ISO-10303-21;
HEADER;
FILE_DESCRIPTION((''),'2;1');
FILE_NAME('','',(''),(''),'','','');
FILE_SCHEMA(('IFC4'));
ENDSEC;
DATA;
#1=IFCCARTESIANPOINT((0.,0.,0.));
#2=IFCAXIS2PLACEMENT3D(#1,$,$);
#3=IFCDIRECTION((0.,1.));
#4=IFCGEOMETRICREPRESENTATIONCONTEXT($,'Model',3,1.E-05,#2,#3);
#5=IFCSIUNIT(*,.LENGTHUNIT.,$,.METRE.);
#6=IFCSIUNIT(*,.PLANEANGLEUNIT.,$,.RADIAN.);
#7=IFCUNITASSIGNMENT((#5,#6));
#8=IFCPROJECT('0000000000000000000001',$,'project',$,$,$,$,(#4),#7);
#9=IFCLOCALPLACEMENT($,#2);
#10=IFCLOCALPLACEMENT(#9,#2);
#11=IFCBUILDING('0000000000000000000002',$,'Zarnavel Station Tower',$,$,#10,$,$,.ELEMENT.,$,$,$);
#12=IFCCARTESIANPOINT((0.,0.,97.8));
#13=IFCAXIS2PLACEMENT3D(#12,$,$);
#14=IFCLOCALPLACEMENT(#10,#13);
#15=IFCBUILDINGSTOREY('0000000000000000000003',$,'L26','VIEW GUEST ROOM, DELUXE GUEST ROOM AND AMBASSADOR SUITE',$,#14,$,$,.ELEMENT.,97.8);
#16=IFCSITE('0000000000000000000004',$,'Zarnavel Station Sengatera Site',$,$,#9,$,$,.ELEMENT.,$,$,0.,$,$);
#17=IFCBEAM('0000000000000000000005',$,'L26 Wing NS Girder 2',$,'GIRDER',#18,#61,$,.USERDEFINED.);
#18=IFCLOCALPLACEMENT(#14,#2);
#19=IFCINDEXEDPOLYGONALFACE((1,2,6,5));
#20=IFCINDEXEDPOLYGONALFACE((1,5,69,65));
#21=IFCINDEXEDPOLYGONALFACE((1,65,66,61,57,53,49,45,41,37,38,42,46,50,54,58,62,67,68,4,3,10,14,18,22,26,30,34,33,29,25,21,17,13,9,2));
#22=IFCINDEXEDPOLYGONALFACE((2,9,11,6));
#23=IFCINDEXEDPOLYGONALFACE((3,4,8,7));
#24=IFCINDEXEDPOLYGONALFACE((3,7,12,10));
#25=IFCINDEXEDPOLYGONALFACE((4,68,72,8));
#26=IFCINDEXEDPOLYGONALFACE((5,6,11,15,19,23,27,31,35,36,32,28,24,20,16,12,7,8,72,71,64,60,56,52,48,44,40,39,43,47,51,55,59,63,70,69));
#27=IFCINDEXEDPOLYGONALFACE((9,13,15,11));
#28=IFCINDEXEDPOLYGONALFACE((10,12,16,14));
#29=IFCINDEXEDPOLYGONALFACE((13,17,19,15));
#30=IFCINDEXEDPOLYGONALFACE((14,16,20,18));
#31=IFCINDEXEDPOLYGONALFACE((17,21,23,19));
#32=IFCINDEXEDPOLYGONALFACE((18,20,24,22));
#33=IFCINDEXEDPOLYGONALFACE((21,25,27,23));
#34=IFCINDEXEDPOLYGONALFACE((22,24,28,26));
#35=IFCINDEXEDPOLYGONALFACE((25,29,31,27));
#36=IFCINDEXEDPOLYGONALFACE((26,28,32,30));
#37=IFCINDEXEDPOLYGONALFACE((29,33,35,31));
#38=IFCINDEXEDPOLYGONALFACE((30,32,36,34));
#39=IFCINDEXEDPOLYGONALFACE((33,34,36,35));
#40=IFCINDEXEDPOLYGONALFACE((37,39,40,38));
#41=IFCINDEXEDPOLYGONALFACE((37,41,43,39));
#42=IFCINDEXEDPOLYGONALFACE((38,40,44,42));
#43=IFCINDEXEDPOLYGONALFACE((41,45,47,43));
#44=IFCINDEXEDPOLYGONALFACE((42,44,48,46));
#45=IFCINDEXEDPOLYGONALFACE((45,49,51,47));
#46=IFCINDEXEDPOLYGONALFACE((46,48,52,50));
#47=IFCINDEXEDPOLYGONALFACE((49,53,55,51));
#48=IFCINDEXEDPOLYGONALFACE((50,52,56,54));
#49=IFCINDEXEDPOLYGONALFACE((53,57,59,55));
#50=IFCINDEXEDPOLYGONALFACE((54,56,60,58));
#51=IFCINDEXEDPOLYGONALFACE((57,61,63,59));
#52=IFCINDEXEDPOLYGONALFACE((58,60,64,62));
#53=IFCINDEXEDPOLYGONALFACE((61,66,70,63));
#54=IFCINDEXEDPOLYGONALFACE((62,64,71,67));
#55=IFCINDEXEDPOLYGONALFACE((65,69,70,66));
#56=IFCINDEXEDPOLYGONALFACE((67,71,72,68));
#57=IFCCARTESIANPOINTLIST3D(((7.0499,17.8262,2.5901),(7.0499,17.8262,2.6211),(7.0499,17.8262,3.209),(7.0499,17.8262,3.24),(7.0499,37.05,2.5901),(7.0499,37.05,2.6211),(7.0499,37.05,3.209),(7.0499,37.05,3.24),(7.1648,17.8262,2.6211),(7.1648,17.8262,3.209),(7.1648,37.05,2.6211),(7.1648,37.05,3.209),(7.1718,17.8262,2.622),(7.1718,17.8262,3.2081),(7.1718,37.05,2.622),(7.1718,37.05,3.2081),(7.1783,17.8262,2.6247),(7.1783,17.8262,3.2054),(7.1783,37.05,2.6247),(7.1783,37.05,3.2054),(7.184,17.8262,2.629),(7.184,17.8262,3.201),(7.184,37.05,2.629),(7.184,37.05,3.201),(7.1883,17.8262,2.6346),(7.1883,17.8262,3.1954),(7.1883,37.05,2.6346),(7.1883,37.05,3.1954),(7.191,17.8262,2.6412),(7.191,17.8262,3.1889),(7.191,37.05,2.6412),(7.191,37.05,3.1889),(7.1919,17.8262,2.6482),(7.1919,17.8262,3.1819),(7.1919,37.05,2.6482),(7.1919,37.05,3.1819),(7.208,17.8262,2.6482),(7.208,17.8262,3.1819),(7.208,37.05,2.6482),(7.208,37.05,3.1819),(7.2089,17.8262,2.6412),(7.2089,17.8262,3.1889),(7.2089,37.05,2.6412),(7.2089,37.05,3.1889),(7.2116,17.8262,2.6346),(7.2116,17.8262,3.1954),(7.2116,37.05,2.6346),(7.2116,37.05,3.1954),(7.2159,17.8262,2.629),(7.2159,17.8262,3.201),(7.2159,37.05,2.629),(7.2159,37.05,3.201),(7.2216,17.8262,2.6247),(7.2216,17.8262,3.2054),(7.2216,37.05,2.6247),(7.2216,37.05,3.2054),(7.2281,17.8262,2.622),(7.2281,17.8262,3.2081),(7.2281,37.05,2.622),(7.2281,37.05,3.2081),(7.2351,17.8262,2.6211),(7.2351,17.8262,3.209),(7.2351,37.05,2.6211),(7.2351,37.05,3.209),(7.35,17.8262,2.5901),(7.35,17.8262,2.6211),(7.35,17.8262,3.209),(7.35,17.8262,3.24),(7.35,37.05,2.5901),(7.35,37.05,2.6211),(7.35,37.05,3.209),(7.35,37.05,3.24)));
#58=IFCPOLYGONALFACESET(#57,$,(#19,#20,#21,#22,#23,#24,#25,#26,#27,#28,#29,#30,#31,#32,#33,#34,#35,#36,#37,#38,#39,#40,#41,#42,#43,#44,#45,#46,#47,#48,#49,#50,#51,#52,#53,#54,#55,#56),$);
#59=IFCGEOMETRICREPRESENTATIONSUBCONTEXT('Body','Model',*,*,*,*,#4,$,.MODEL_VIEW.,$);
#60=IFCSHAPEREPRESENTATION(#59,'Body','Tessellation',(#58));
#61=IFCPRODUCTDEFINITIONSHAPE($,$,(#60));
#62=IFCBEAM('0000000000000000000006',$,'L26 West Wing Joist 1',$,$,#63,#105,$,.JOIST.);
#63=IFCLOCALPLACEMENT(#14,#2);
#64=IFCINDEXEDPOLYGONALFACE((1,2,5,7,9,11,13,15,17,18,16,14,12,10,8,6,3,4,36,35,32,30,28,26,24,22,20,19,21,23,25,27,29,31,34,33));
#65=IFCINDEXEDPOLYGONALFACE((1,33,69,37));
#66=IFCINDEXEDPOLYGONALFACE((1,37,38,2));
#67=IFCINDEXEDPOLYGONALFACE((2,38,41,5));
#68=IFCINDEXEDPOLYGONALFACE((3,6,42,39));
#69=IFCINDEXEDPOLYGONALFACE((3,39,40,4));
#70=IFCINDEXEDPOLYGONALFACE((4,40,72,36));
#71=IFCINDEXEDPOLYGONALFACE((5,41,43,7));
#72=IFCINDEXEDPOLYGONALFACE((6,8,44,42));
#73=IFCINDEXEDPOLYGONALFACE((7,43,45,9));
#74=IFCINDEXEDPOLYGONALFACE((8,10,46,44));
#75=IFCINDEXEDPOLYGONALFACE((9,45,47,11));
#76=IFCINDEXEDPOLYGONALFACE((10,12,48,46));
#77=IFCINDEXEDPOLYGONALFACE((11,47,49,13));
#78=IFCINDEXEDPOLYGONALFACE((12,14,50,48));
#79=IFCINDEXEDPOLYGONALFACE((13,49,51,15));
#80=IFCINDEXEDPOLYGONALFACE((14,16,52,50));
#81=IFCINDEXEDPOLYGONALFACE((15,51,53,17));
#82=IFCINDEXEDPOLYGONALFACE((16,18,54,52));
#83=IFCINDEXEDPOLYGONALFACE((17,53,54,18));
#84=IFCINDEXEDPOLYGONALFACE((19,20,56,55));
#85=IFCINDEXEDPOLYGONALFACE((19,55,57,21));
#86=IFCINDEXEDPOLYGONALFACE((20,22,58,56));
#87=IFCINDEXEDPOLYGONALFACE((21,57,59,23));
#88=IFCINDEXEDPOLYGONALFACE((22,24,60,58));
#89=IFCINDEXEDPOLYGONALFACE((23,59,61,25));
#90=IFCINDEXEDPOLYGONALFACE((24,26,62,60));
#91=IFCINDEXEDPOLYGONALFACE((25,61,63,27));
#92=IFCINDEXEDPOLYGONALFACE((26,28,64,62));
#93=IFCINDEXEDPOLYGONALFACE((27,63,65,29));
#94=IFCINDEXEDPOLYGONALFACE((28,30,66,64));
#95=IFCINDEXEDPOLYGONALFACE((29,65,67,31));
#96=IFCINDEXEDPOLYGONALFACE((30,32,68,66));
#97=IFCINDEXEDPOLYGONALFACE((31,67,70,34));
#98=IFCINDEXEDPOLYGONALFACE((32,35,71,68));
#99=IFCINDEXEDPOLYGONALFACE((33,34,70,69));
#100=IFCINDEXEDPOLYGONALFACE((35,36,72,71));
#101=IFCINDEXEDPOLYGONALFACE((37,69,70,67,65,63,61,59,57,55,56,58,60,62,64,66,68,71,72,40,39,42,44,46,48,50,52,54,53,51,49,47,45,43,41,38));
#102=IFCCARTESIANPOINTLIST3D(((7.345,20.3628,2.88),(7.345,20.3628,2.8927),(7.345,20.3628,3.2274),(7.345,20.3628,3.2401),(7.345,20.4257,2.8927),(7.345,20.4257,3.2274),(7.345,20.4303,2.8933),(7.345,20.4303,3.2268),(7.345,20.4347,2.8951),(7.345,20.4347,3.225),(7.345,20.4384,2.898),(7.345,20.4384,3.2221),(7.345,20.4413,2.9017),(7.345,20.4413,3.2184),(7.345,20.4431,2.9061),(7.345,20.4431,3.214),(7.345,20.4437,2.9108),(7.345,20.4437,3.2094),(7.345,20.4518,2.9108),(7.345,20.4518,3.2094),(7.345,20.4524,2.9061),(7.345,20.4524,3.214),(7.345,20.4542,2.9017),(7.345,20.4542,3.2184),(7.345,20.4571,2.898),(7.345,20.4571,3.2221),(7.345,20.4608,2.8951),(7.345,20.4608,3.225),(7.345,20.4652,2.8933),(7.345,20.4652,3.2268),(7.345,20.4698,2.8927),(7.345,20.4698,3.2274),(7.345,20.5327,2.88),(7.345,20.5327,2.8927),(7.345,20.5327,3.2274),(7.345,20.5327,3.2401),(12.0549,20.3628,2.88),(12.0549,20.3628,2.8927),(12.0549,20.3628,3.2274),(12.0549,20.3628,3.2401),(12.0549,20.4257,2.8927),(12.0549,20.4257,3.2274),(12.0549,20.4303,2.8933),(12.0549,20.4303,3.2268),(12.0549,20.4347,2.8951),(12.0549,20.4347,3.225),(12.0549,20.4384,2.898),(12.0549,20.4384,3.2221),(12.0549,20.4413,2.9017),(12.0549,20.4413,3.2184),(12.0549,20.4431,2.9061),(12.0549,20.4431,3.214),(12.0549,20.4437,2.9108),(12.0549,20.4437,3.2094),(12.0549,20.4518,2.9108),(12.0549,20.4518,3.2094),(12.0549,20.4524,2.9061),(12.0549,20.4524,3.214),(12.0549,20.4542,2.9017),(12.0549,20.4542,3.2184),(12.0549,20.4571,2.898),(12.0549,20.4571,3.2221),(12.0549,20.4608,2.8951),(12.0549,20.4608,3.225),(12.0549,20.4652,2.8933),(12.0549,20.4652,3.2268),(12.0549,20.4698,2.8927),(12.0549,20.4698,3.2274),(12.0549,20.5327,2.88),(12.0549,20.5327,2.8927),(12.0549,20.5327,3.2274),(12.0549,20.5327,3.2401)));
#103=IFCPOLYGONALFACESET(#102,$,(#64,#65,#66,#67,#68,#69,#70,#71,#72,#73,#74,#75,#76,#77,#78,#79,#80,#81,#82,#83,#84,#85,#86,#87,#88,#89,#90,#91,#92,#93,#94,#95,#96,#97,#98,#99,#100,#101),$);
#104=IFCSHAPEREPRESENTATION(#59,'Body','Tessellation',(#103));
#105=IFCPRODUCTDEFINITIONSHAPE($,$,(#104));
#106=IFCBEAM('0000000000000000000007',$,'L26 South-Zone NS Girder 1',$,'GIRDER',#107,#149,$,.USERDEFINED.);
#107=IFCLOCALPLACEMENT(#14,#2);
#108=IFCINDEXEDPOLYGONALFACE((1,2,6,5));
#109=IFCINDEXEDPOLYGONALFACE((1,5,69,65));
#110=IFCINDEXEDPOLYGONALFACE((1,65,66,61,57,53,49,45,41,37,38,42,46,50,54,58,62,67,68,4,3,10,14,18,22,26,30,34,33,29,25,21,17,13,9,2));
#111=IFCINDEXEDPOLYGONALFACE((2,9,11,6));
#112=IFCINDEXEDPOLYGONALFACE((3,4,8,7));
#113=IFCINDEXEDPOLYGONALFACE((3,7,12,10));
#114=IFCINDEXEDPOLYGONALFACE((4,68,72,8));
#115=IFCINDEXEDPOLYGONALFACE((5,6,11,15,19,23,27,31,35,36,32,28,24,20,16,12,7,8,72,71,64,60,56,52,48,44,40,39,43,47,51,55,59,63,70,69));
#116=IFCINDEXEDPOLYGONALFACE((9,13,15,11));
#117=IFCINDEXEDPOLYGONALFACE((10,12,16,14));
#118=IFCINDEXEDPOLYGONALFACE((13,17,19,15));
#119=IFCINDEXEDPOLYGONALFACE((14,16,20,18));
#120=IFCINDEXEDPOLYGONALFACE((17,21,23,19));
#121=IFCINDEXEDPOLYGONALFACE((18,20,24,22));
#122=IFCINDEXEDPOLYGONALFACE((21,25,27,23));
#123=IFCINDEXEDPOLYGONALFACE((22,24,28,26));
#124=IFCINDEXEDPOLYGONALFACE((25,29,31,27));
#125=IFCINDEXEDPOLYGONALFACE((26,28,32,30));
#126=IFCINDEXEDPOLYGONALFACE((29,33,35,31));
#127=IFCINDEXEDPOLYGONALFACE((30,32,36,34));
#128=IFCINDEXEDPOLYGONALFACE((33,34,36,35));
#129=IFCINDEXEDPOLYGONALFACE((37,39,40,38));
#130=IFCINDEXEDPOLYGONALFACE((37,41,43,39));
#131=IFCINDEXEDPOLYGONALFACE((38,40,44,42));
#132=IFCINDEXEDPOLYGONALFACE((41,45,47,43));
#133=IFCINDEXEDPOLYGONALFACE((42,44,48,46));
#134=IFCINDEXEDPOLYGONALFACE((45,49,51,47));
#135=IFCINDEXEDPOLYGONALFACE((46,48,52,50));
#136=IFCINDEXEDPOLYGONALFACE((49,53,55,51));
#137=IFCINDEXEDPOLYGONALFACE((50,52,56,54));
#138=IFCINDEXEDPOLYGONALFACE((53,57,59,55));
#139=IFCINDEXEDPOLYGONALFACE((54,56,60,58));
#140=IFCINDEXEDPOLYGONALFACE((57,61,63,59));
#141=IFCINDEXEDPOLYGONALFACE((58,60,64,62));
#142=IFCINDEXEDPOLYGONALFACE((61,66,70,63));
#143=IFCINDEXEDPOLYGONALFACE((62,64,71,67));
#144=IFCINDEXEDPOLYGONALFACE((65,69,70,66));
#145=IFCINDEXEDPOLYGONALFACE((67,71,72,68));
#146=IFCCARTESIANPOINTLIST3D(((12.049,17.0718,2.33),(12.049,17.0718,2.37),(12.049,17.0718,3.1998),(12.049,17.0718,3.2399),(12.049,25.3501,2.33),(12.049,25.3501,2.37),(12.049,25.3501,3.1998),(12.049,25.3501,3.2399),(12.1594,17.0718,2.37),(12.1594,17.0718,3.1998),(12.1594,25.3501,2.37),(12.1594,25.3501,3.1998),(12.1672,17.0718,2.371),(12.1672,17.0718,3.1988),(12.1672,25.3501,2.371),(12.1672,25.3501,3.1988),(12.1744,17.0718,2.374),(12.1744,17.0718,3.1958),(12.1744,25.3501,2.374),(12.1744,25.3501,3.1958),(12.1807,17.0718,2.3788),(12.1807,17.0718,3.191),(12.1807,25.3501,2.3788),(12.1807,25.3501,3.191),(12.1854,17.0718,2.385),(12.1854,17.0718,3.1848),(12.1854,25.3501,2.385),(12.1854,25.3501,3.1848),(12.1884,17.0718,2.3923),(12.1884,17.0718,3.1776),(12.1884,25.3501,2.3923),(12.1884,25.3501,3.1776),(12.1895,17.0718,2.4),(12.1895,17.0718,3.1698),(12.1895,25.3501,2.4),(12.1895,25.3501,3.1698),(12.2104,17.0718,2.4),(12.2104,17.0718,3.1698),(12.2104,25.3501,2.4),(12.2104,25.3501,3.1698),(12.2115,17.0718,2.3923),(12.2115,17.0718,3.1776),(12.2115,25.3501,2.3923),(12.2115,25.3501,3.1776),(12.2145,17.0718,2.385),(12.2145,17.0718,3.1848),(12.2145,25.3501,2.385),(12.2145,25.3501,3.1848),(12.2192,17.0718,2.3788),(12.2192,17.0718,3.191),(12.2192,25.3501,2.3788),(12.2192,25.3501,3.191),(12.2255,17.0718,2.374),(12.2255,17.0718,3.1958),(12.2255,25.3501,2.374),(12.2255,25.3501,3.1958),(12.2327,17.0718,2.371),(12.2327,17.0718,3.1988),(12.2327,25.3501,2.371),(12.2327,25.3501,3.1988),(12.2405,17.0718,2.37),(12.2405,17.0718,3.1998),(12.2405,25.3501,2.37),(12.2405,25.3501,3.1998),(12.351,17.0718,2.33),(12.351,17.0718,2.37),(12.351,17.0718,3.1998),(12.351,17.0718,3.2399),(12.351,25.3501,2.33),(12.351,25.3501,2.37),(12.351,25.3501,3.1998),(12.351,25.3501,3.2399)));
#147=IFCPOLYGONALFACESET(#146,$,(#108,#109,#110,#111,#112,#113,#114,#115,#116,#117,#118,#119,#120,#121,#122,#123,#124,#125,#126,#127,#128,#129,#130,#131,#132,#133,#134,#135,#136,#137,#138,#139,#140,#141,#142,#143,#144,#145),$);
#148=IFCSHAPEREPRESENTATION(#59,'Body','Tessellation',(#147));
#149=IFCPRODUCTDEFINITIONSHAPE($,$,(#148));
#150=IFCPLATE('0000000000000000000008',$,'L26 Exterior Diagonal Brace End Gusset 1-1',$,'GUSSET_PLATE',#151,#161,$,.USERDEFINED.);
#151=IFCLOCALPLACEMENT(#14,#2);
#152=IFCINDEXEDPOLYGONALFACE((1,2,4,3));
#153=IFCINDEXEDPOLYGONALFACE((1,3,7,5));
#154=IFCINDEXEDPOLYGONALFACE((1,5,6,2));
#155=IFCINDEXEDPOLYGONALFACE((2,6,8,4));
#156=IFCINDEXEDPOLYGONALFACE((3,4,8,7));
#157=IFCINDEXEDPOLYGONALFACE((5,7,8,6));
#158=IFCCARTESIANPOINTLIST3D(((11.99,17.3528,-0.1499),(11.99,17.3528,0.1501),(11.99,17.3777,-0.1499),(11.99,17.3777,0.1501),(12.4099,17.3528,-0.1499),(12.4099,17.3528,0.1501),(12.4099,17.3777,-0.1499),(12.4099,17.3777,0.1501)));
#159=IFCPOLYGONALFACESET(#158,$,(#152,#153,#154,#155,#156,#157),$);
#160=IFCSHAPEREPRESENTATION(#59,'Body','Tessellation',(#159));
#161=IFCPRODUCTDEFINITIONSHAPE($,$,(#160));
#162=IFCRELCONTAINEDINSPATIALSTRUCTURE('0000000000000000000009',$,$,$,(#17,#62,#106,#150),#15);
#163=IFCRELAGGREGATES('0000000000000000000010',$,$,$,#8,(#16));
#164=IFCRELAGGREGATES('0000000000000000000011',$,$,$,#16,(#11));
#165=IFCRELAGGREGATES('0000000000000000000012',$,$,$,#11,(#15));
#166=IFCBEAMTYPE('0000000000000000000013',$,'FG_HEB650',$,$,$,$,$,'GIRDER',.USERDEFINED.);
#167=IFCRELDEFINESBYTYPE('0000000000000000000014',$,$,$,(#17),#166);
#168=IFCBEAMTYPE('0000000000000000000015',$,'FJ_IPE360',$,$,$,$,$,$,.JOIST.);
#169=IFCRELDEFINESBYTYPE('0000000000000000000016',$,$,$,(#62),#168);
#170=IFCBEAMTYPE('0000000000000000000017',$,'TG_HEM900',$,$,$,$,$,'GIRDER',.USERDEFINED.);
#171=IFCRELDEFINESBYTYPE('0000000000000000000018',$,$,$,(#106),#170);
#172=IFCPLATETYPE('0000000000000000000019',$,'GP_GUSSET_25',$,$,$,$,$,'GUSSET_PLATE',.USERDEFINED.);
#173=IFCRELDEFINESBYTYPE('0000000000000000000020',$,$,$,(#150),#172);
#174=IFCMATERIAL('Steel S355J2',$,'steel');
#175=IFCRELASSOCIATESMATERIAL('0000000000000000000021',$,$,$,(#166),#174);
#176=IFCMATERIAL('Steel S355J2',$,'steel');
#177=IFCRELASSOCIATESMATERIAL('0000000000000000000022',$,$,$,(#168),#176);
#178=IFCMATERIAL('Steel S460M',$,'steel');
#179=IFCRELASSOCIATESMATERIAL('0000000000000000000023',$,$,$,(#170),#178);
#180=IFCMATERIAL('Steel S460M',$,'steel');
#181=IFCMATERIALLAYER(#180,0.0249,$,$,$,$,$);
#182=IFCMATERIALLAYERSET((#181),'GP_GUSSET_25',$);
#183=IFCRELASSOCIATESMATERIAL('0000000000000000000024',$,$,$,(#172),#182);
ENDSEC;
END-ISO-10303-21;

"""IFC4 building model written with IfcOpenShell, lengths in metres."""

from ifc_helpers import new_model, si_unit, direction, frame, origin, origin_2d, place, context, subcontext, project, spatial, rectangle, i_section, extrude, material, layer, layer_set, material_profile, profile_set, type_object, element, save


model = new_model("IFC4")

# Units and contexts
model_context = context("Model", 3, precision=1e-05, world=origin(), true_north=direction((0.0, 1.0)))
body_context = subcontext(model_context, "Body", "Model", "MODEL_VIEW")
ifc_project = project(units=[si_unit("LENGTHUNIT", "METRE"), si_unit("PLANEANGLEUNIT", "RADIAN")], contexts=[model_context])

# Site, building, storey
site_placement = place(None, origin())
site = spatial("IfcSite", under=ifc_project, at=site_placement, Name="Zarnavel Station Sengatera Site", CompositionType="ELEMENT", RefElevation=0.0)
building_placement = place(site_placement, origin())
building = spatial("IfcBuilding", under=site, at=building_placement, Name="Zarnavel Station Tower", CompositionType="ELEMENT")
storey_placement = place(building_placement, frame((0.0, 0.0, 97.8)))
storey = spatial("IfcBuildingStorey", under=building, at=storey_placement, Name="L26", Description="VIEW GUEST ROOM, DELUXE GUEST ROOM AND AMBASSADOR SUITE", CompositionType="ELEMENT", Elevation=97.8)

# Beams
ifc_material_1 = material(Name="Steel S355J2", Category="steel")
ifc_material_profile_1 = material_profile(ifc_material_1, i_section(OverallWidth=0.3, OverallDepth=0.6499, WebThickness=0.0161, FlangeThickness=0.031, FilletRadius=0.0271, at=origin_2d()), Name="HEB650")
ifc_profile_set_1 = profile_set([ifc_material_profile_1], Name="Steel S355J2")
beam_type_1 = type_object("IfcBeamType", Name="FG_HEB650", ElementType="GIRDER", PredefinedType="USERDEFINED", material=ifc_profile_set_1)
beam_1_placement = place(storey_placement, frame((7.2, 17.8262, 2.915), z_axis=(0.0, 1.0, 0.0), x_axis=(-1.0, 0.0, 0.0)))
element("IfcBeam", 1, at=beam_1_placement, inside=storey, type_object=beam_type_1, Name="L26 Wing NS Girder 2", ObjectType="GIRDER", PredefinedType="USERDEFINED", context=body_context, shape_type="SweptSolid", body=[
    extrude(i_section(OverallWidth=0.3, OverallDepth=0.6499, WebThickness=0.0161, FlangeThickness=0.031, FilletRadius=0.0271, at=origin_2d()), origin(), (0.0, 0.0, 1.0), 19.2239),
])
ifc_material_2 = material(Name="Steel S355J2", Category="steel")
ifc_material_profile_2 = material_profile(ifc_material_2, i_section(OverallWidth=0.1699, OverallDepth=0.3601, WebThickness=0.0081, FlangeThickness=0.0127, FilletRadius=0.0181, at=origin_2d()), Name="IPE360")
ifc_profile_set_2 = profile_set([ifc_material_profile_2], Name="Steel S355J2")
beam_type_2 = type_object("IfcBeamType", Name="FJ_IPE360", PredefinedType="JOIST", material=ifc_profile_set_2)
beam_2_placement = place(storey_placement, frame((7.345, 20.4478, 3.0601), z_axis=(1.0, 0.0, 0.0), x_axis=(0.0, 1.0, 0.0)))
element("IfcBeam", 2, at=beam_2_placement, inside=storey, type_object=beam_type_2, Name="L26 West Wing Joist 1", PredefinedType="JOIST", context=body_context, shape_type="SweptSolid", body=[
    extrude(i_section(OverallWidth=0.1699, OverallDepth=0.3601, WebThickness=0.0081, FlangeThickness=0.0127, FilletRadius=0.0181, at=origin_2d()), origin(), (0.0, 0.0, 1.0), 4.71),
])
ifc_material_3 = material(Name="Steel S460M", Category="steel")
ifc_material_profile_3 = material_profile(ifc_material_3, i_section(OverallWidth=0.302, OverallDepth=0.9099, WebThickness=0.021, FlangeThickness=0.04, FilletRadius=0.03, at=origin_2d()), Name="HEM900")
ifc_profile_set_3 = profile_set([ifc_material_profile_3], Name="Steel S460M")
beam_type_3 = type_object("IfcBeamType", Name="TG_HEM900", ElementType="GIRDER", PredefinedType="USERDEFINED", material=ifc_profile_set_3)
beam_3_placement = place(storey_placement, frame((12.2, 17.0718, 2.7849), z_axis=(0.0, 1.0, 0.0), x_axis=(-1.0, 0.0, 0.0)))
element("IfcBeam", 3, at=beam_3_placement, inside=storey, type_object=beam_type_3, Name="L26 South-Zone NS Girder 1", ObjectType="GIRDER", PredefinedType="USERDEFINED", context=body_context, shape_type="SweptSolid", body=[
    extrude(i_section(OverallWidth=0.302, OverallDepth=0.9099, WebThickness=0.021, FlangeThickness=0.04, FilletRadius=0.03, at=origin_2d()), origin(), (0.0, 0.0, 1.0), 8.2783),
])

# Plate
ifc_material_4 = material(Name="Steel S460M", Category="steel")
ifc_layer_1 = layer(ifc_material_4, 0.0249)
ifc_layer_set_1 = layer_set([ifc_layer_1], Name="GP_GUSSET_25")
plate_type = type_object("IfcPlateType", Name="GP_GUSSET_25", ElementType="GUSSET_PLATE", PredefinedType="USERDEFINED", material=ifc_layer_set_1)
plate_placement = place(storey_placement, frame((12.2, 17.3652, -0.1499), z_axis=(0.0, 0.0, 1.0), x_axis=(1.0, 0.0, 0.0)))
element("IfcPlate", 4, at=plate_placement, inside=storey, type_object=plate_type, Name="L26 Exterior Diagonal Brace End Gusset 1-1", ObjectType="GUSSET_PLATE", PredefinedType="USERDEFINED", context=body_context, shape_type="SweptSolid", body=[
    extrude(rectangle(XDim=0.4199, YDim=0.0249, at=origin_2d()), origin(), (0.0, 0.0, 1.0), 0.3),
])

save(model, "model.ifc")
